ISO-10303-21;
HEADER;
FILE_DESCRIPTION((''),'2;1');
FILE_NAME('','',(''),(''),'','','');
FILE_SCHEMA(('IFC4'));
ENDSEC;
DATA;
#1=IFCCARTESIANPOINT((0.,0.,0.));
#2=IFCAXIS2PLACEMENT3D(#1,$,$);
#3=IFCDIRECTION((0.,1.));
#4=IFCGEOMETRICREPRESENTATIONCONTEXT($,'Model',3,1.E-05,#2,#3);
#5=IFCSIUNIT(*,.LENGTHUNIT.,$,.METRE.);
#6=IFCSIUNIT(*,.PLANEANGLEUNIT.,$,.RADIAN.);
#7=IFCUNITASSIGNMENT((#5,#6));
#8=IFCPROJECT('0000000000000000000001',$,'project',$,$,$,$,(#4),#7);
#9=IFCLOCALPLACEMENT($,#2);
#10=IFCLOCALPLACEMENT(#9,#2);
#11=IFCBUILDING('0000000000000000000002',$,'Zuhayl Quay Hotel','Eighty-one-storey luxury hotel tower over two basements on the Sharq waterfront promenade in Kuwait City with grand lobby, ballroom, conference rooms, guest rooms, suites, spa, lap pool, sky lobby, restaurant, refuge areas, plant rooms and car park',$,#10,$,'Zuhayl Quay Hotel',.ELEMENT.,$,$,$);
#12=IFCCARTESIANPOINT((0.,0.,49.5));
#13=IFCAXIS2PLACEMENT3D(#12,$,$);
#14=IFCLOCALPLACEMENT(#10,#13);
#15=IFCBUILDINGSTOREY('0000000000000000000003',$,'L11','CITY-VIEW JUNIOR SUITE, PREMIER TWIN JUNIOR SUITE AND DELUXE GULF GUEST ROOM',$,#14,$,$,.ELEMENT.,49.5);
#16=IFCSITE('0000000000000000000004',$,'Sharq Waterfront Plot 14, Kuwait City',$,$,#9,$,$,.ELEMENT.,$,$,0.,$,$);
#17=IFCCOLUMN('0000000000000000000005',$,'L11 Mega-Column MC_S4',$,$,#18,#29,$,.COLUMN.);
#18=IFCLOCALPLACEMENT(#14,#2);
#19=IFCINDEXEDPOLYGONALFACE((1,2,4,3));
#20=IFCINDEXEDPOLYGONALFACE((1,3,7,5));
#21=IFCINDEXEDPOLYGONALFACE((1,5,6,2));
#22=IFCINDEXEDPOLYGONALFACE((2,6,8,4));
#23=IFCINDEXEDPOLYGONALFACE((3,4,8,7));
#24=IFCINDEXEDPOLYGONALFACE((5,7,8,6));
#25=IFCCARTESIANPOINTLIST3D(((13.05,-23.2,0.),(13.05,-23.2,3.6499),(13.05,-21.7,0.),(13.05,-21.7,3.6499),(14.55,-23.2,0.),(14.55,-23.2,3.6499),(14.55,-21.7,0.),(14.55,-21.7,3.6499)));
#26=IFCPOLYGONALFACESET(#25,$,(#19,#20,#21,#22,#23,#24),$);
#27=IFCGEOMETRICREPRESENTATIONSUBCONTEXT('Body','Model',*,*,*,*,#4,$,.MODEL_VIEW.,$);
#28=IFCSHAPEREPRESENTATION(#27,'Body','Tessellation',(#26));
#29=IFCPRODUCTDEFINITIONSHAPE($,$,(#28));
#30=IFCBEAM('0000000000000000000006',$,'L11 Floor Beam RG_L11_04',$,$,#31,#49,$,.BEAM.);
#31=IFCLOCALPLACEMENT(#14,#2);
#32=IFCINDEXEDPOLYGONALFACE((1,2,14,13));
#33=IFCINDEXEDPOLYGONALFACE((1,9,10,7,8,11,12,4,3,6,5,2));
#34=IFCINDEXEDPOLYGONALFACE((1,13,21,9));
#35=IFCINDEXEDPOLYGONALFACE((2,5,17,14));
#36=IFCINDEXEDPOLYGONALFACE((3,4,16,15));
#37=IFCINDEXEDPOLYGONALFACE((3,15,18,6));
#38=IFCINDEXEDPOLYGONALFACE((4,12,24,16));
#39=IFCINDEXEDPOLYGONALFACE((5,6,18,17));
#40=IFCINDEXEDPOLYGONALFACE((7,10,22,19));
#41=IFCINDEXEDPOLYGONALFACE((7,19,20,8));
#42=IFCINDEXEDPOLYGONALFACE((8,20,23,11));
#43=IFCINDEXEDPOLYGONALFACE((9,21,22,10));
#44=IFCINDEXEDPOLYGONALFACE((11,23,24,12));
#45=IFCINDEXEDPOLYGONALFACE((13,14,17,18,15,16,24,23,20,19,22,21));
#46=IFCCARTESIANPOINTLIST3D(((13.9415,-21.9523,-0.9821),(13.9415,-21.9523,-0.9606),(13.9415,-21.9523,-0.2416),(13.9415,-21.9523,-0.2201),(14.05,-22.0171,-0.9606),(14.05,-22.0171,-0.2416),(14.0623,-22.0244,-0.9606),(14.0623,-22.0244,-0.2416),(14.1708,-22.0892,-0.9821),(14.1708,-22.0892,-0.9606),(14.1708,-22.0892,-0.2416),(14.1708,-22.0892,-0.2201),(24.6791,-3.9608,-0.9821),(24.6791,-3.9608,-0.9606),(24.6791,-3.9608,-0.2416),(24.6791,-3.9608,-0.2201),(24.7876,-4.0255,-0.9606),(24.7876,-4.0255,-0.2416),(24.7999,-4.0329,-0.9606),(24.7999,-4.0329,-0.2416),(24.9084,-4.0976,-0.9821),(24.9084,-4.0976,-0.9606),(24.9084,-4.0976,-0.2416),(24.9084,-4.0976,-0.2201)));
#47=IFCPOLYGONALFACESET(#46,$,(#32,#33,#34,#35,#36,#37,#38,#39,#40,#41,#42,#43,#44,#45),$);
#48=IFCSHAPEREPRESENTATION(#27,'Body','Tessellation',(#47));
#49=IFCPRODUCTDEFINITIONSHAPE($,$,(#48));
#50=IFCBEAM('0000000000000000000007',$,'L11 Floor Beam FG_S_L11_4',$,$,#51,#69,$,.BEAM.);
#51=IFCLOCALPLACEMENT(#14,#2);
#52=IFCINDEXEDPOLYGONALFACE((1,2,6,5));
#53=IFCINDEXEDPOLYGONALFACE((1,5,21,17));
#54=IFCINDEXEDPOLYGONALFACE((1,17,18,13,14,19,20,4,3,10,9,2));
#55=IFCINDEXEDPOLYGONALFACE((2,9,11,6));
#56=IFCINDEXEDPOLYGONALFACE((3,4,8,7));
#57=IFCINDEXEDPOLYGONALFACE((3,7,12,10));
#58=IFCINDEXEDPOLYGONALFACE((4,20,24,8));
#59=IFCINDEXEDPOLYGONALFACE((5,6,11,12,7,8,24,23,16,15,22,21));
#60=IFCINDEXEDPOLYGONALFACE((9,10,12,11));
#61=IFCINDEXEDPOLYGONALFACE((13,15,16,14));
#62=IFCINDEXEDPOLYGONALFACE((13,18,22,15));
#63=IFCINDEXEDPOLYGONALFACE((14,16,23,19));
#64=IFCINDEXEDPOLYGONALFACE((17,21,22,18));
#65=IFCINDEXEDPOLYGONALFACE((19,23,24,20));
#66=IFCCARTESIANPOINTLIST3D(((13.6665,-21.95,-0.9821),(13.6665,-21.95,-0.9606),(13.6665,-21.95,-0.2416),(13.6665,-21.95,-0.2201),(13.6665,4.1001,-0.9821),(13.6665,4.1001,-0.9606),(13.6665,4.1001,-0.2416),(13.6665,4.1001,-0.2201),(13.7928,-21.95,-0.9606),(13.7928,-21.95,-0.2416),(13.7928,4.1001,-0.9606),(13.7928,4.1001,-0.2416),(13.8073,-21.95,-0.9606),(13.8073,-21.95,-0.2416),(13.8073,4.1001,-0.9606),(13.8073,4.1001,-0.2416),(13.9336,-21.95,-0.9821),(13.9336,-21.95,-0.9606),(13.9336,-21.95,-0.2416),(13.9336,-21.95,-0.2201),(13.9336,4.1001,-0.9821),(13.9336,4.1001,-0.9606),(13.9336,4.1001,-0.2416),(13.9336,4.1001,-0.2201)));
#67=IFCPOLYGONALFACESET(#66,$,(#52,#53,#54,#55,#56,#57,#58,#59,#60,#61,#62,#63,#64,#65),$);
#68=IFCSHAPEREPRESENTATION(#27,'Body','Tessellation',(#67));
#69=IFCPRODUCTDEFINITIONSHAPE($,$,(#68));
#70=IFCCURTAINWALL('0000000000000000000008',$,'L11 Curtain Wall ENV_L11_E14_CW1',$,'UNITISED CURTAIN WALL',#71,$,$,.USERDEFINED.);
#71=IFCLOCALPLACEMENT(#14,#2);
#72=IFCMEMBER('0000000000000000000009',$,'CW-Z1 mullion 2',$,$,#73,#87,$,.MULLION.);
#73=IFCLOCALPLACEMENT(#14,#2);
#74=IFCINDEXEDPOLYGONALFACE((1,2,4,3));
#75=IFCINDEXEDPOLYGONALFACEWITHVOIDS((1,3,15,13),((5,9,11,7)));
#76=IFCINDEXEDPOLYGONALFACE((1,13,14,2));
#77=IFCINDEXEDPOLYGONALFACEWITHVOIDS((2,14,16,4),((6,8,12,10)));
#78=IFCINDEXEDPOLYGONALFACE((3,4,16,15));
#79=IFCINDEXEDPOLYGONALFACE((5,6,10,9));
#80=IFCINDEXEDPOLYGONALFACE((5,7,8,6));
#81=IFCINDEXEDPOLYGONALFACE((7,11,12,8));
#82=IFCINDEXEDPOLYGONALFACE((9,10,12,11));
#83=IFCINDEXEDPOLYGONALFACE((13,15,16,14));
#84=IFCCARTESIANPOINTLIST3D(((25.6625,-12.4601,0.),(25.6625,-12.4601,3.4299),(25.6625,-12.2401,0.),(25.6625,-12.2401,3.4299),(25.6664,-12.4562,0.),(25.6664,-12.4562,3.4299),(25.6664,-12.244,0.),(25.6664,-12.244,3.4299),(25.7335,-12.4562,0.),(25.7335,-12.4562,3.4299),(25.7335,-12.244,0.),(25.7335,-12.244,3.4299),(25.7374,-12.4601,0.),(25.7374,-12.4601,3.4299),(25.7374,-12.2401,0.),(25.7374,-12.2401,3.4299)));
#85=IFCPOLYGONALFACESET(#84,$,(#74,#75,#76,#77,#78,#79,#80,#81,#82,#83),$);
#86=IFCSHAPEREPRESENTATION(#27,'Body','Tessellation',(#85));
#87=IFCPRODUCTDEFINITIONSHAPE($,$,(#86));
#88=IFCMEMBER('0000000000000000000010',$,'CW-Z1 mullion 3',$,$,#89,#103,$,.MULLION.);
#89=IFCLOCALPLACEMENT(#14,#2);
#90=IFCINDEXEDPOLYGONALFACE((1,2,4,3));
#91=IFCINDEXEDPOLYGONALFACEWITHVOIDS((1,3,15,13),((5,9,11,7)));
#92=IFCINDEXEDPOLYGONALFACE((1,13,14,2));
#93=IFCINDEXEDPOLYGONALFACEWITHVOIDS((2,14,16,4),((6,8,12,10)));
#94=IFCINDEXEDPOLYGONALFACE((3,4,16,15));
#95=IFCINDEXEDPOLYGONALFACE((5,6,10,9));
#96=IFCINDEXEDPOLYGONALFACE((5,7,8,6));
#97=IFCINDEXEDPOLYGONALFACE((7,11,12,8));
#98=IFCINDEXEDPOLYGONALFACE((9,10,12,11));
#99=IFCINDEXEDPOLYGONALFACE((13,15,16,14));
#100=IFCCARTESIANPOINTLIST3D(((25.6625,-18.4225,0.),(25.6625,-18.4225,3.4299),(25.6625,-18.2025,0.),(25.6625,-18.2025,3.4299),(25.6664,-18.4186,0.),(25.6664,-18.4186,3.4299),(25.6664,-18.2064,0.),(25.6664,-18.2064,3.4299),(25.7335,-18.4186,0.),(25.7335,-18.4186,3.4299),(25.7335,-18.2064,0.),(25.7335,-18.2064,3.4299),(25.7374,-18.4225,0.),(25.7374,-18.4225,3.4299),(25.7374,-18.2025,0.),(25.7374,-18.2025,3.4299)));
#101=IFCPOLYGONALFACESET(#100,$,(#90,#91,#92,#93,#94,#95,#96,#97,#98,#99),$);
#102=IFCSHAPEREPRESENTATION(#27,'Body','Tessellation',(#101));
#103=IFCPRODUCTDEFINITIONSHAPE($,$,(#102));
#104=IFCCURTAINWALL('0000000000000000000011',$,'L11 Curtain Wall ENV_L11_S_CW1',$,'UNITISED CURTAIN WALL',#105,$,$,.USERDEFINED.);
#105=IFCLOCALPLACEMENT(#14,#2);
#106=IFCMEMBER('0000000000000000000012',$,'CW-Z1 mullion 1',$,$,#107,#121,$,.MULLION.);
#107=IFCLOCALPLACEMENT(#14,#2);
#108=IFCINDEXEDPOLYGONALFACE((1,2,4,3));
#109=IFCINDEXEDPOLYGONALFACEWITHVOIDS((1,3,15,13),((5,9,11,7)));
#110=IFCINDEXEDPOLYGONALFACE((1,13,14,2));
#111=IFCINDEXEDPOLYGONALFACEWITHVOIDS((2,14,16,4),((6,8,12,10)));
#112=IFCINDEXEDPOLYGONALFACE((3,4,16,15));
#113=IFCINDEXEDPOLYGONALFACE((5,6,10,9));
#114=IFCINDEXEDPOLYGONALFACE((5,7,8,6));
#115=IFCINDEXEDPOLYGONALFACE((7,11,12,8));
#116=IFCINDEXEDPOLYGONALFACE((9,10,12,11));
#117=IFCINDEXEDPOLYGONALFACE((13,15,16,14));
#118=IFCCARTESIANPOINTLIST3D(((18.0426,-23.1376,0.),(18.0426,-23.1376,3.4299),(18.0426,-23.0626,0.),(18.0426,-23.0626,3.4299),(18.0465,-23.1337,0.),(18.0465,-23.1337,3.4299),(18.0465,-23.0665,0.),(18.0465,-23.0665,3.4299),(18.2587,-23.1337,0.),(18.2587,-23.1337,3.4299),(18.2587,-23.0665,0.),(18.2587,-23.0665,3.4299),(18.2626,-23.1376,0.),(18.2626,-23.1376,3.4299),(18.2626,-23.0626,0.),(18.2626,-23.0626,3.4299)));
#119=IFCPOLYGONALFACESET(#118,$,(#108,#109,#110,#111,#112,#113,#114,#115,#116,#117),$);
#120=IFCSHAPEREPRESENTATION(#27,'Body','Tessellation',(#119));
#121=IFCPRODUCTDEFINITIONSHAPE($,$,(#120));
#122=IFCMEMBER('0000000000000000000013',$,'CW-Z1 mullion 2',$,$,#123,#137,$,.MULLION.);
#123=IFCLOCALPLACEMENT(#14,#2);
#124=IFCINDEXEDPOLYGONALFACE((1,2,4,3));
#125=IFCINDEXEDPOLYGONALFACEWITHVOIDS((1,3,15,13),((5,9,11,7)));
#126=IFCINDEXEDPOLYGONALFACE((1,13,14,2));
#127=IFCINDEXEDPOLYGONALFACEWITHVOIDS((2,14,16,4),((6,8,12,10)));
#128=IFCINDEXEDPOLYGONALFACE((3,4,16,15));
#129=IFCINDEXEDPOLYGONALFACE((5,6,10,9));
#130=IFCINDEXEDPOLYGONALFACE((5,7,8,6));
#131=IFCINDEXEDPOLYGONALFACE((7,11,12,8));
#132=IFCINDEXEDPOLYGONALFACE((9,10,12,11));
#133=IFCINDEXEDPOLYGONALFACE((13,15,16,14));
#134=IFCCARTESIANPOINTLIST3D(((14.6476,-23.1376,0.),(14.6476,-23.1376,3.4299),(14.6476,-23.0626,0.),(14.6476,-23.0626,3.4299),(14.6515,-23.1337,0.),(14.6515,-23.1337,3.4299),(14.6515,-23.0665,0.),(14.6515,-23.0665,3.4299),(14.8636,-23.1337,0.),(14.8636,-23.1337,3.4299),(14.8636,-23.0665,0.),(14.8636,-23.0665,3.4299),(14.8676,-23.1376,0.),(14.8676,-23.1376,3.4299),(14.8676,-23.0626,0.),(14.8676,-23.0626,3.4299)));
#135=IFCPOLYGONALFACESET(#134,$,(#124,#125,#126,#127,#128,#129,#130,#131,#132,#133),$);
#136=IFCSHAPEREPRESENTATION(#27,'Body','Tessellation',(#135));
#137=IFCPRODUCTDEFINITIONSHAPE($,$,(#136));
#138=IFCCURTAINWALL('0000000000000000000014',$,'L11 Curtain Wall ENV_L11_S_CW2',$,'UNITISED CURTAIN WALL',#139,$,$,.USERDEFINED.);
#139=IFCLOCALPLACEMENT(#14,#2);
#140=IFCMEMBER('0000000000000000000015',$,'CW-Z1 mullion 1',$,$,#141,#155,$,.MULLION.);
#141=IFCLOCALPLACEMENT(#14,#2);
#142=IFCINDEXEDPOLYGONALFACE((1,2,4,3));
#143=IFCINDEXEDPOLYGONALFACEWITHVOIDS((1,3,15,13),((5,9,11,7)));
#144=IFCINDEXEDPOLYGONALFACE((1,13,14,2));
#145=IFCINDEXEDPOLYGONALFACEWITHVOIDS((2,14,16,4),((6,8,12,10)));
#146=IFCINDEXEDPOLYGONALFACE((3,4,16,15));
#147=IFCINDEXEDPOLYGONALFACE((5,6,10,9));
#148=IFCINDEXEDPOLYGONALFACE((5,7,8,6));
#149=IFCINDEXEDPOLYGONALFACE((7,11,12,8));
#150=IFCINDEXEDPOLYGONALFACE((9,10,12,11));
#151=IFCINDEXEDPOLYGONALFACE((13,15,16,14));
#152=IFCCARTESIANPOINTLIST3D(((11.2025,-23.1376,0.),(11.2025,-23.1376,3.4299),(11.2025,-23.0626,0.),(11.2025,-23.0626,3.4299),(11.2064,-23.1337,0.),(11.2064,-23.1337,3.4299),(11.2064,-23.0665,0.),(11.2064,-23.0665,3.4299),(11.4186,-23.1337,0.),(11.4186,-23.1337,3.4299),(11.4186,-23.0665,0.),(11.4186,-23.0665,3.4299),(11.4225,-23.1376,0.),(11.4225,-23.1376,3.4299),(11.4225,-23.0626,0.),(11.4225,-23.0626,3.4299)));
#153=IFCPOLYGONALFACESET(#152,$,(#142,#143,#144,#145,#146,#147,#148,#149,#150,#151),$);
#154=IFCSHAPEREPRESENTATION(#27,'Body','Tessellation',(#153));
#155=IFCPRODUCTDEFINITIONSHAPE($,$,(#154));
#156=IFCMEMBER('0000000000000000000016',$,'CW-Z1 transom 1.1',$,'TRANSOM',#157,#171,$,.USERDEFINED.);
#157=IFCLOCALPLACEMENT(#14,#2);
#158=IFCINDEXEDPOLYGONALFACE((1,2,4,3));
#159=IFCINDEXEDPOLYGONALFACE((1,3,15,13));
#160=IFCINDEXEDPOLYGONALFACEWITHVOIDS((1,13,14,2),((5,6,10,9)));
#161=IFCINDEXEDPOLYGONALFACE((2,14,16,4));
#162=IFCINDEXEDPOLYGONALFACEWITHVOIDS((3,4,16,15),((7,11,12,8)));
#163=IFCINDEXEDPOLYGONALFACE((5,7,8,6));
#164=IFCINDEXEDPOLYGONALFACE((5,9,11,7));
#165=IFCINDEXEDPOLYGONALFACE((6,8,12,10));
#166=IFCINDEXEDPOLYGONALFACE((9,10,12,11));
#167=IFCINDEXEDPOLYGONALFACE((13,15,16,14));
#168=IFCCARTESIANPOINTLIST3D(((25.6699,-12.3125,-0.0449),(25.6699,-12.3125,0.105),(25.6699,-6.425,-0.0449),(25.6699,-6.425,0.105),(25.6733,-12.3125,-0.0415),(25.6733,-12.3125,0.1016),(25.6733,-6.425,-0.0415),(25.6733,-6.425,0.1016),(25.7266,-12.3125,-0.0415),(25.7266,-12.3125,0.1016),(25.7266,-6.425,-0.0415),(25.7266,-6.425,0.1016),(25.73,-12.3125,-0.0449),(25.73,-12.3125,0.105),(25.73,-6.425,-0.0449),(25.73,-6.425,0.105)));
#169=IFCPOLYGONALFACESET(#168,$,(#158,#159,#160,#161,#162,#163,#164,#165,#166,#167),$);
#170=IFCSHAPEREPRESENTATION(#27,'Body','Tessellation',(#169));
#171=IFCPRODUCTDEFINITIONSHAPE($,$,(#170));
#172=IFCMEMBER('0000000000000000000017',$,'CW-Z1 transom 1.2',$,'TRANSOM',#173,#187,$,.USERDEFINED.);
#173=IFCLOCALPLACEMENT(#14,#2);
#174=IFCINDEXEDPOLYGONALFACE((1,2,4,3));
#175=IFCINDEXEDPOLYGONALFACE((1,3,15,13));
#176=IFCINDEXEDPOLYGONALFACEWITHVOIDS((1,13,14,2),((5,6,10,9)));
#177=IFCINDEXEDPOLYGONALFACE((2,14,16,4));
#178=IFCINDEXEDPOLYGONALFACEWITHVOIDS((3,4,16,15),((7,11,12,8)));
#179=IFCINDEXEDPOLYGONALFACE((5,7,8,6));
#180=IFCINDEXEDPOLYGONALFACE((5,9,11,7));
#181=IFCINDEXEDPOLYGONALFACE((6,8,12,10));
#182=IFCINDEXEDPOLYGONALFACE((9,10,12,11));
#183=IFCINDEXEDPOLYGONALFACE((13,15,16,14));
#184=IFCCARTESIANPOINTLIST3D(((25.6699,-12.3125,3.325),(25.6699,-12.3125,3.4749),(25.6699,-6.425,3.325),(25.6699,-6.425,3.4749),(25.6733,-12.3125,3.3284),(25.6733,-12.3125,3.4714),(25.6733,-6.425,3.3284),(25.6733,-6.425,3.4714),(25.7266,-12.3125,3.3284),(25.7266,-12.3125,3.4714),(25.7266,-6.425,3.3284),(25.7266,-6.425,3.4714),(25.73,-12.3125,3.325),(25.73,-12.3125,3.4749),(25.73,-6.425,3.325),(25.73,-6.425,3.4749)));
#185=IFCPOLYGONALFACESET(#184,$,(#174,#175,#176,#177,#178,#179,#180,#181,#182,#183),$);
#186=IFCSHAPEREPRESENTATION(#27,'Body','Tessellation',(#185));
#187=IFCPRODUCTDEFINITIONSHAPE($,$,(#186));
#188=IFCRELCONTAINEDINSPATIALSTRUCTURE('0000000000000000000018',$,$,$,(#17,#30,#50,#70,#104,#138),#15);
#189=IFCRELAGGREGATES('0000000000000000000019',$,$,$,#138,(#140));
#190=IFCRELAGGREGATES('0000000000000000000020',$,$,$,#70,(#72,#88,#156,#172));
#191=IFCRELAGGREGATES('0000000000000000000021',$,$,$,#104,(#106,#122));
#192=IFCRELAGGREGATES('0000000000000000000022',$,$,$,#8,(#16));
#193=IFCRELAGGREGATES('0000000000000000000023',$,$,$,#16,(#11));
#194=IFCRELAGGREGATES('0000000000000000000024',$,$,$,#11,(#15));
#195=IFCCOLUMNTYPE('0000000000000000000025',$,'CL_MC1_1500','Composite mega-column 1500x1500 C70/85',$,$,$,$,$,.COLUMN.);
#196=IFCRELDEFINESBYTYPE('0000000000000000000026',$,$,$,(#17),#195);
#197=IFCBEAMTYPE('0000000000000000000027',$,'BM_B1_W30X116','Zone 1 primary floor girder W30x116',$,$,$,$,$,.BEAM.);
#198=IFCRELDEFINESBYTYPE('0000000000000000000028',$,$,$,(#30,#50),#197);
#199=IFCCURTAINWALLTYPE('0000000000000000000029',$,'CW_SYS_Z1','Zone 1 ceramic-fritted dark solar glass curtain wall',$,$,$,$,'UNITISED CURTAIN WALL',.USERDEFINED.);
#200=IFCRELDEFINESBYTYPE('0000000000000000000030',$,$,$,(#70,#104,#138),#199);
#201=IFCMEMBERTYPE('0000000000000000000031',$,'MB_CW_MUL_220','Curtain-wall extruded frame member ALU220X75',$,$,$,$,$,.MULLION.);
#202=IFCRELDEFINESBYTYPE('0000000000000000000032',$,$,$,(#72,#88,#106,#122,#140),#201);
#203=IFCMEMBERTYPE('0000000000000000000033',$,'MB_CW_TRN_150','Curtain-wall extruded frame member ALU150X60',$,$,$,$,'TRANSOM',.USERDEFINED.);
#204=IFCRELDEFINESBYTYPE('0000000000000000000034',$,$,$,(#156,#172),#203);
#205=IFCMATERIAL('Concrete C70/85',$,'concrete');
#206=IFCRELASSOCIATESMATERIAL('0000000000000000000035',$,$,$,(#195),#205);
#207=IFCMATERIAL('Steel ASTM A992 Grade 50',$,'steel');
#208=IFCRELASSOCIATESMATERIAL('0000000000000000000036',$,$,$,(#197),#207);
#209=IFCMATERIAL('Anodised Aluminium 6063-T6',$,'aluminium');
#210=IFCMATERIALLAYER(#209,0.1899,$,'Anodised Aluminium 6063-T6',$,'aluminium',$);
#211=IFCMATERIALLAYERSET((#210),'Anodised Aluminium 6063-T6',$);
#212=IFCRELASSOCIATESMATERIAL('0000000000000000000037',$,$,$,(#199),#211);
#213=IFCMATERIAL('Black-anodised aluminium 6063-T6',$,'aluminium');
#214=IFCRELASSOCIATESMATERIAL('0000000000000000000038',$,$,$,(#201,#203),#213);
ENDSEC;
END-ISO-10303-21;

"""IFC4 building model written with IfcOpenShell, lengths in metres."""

from ifc_helpers import new_model, si_unit, direction, frame, origin, origin_2d, place, context, subcontext, project, spatial, rectangle, hollow_rectangle, i_section, extrude, material, layer, layer_set, material_profile, profile_set, type_object, element, aggregate, save


model = new_model("IFC4")

# Units and contexts
model_context = context("Model", 3, precision=1e-05, world=origin(), true_north=direction((0.0, 1.0)))
body_context = subcontext(model_context, "Body", "Model", "MODEL_VIEW")
ifc_project = project(units=[si_unit("LENGTHUNIT", "METRE"), si_unit("PLANEANGLEUNIT", "RADIAN")], contexts=[model_context])

# Site, building, storey
site_placement = place(None, origin())
site = spatial("IfcSite", under=ifc_project, at=site_placement, Name="Sharq Waterfront Plot 14, Kuwait City", CompositionType="ELEMENT", RefElevation=0.0)
building_placement = place(site_placement, origin())
building = spatial("IfcBuilding", under=site, at=building_placement, Name="Zuhayl Quay Hotel", Description="Eighty-one-storey luxury hotel tower over two basements on the Sharq waterfront promenade in Kuwait City with grand lobby, ballroom, conference rooms, guest rooms, suites, spa, lap pool, sky lobby, restaurant, refuge areas, plant rooms and car park", LongName="Zuhayl Quay Hotel", CompositionType="ELEMENT")
storey_placement = place(building_placement, frame((0.0, 0.0, 49.5)))
storey = spatial("IfcBuildingStorey", under=building, at=storey_placement, Name="L11", Description="CITY-VIEW JUNIOR SUITE, PREMIER TWIN JUNIOR SUITE AND DELUXE GULF GUEST ROOM", CompositionType="ELEMENT", Elevation=49.5)

# Column
ifc_material_1 = material(Name="Concrete C70/85", Category="concrete")
ifc_material_profile_1 = material_profile(ifc_material_1, rectangle(XDim=1.5, YDim=1.5, at=origin_2d()), Name="RC1500X1500")
ifc_profile_set_1 = profile_set([ifc_material_profile_1], Name="Concrete C70/85")
column_type = type_object("IfcColumnType", Name="CL_MC1_1500", Description="Composite mega-column 1500x1500 C70/85", PredefinedType="COLUMN", material=ifc_profile_set_1)
column_placement = place(storey_placement, frame((13.8, -22.45, 0.0), z_axis=(0.0, 0.0, 1.0), x_axis=(1.0, 0.0, 0.0)))
element("IfcColumn", 1, at=column_placement, inside=storey, type_object=column_type, Name="L11 Mega-Column MC_S4", PredefinedType="COLUMN", context=body_context, shape_type="SweptSolid", body=[
    extrude(rectangle(XDim=1.5, YDim=1.5, at=origin_2d()), origin(), (0.0, 0.0, 1.0), 3.6499),
])

# Beams
ifc_material_2 = material(Name="Steel ASTM A992 Grade 50", Category="steel")
ifc_material_profile_2 = material_profile(ifc_material_2, i_section(OverallWidth=0.2671, OverallDepth=0.762, WebThickness=0.0144, FlangeThickness=0.0215, at=origin_2d()), Name="W30X116")
ifc_profile_set_2 = profile_set([ifc_material_profile_2], Name="Steel ASTM A992 Grade 50")
beam_type = type_object("IfcBeamType", Name="BM_B1_W30X116", Description="Zone 1 primary floor girder W30x116", PredefinedType="BEAM", material=ifc_profile_set_2)
beam_1_placement = place(storey_placement, frame((14.0562, -22.0208, -0.6011), z_axis=(0.512483, 0.858698, 0.0), x_axis=(-0.858698, 0.512483, 0.0)))
element("IfcBeam", 2, at=beam_1_placement, inside=storey, type_object=beam_type, Name="L11 Floor Beam RG_L11_04", PredefinedType="BEAM", context=body_context, shape_type="SweptSolid", body=[
    extrude(i_section(OverallWidth=0.2671, OverallDepth=0.762, WebThickness=0.0144, FlangeThickness=0.0215, at=origin_2d()), origin(), (0.0, 0.0, 1.0), 20.9521),
])
beam_2_placement = place(storey_placement, frame((13.8, -21.95, -0.6011), z_axis=(0.0, 1.0, 0.0), x_axis=(-1.0, 0.0, 0.0)))
element("IfcBeam", 3, at=beam_2_placement, inside=storey, type_object=beam_type, Name="L11 Floor Beam FG_S_L11_4", PredefinedType="BEAM", context=body_context, shape_type="SweptSolid", body=[
    extrude(i_section(OverallWidth=0.2671, OverallDepth=0.762, WebThickness=0.0144, FlangeThickness=0.0215, at=origin_2d()), origin(), (0.0, 0.0, 1.0), 26.05),
])

# Curtain walls, members
ifc_material_3 = material(Name="Anodised Aluminium 6063-T6", Category="aluminium")
ifc_layer_1 = layer(ifc_material_3, 0.1899, Name="Anodised Aluminium 6063-T6", Category="aluminium")
ifc_layer_set_1 = layer_set([ifc_layer_1], Name="Anodised Aluminium 6063-T6")
curtain_wall_type = type_object("IfcCurtainWallType", Name="CW_SYS_Z1", Description="Zone 1 ceramic-fritted dark solar glass curtain wall", ElementType="UNITISED CURTAIN WALL", PredefinedType="USERDEFINED", material=ifc_layer_set_1)
curtain_wall_1_placement = place(storey_placement, origin())
curtain_wall_1 = element("IfcCurtainWall", 4, at=curtain_wall_1_placement, inside=storey, type_object=curtain_wall_type, Name="L11 Curtain Wall ENV_L11_E14_CW1", ObjectType="UNITISED CURTAIN WALL", PredefinedType="USERDEFINED")
ifc_material_4 = material(Name="Black-anodised aluminium 6063-T6", Category="aluminium")
ifc_material_profile_3 = material_profile(ifc_material_4, hollow_rectangle(XDim=0.075, YDim=0.22, WallThickness=0.0039, at=origin_2d()), Name="ALU220X75")
ifc_profile_set_3 = profile_set([ifc_material_profile_3], Name="Black-anodised aluminium 6063-T6")
member_type_1 = type_object("IfcMemberType", Name="MB_CW_MUL_220", Description="Curtain-wall extruded frame member ALU220X75", PredefinedType="MULLION", material=ifc_profile_set_3)
member_1_placement = place(storey_placement, frame((25.7, -12.3501, 0.0), z_axis=(0.0, 0.0, 1.0), x_axis=(1.0, 0.0, 0.0)))
member_1 = element("IfcMember", 5, at=member_1_placement, type_object=member_type_1, Name="CW-Z1 mullion 2", PredefinedType="MULLION", context=body_context, shape_type="SweptSolid", body=[
    extrude(hollow_rectangle(XDim=0.075, YDim=0.22, WallThickness=0.0039, at=origin_2d()), origin(), (0.0, 0.0, 1.0), 3.4299),
])
member_2_placement = place(storey_placement, frame((25.7, -18.3125, 0.0), z_axis=(0.0, 0.0, 1.0), x_axis=(1.0, 0.0, 0.0)))
member_2 = element("IfcMember", 6, at=member_2_placement, type_object=member_type_1, Name="CW-Z1 mullion 3", PredefinedType="MULLION", context=body_context, shape_type="SweptSolid", body=[
    extrude(hollow_rectangle(XDim=0.075, YDim=0.22, WallThickness=0.0039, at=origin_2d()), origin(), (0.0, 0.0, 1.0), 3.4299),
])
curtain_wall_2_placement = place(storey_placement, origin())
curtain_wall_2 = element("IfcCurtainWall", 7, at=curtain_wall_2_placement, inside=storey, type_object=curtain_wall_type, Name="L11 Curtain Wall ENV_L11_S_CW1", ObjectType="UNITISED CURTAIN WALL", PredefinedType="USERDEFINED")
member_3_placement = place(storey_placement, frame((18.1526, -23.1001, 0.0), z_axis=(0.0, 0.0, 1.0), x_axis=(0.0, -1.0, 0.0)))
member_3 = element("IfcMember", 8, at=member_3_placement, type_object=member_type_1, Name="CW-Z1 mullion 1", PredefinedType="MULLION", context=body_context, shape_type="SweptSolid", body=[
    extrude(hollow_rectangle(XDim=0.075, YDim=0.22, WallThickness=0.0039, at=origin_2d()), origin(), (0.0, 0.0, 1.0), 3.4299),
])
member_4_placement = place(storey_placement, frame((14.7576, -23.1001, 0.0), z_axis=(0.0, 0.0, 1.0), x_axis=(0.0, -1.0, 0.0)))
member_4 = element("IfcMember", 9, at=member_4_placement, type_object=member_type_1, Name="CW-Z1 mullion 2", PredefinedType="MULLION", context=body_context, shape_type="SweptSolid", body=[
    extrude(hollow_rectangle(XDim=0.075, YDim=0.22, WallThickness=0.0039, at=origin_2d()), origin(), (0.0, 0.0, 1.0), 3.4299),
])

# Curtain wall, member
curtain_wall_3_placement = place(storey_placement, origin())
curtain_wall_3 = element("IfcCurtainWall", 10, at=curtain_wall_3_placement, inside=storey, type_object=curtain_wall_type, Name="L11 Curtain Wall ENV_L11_S_CW2", ObjectType="UNITISED CURTAIN WALL", PredefinedType="USERDEFINED")
member_5_placement = place(storey_placement, frame((11.3125, -23.1001, 0.0), z_axis=(0.0, 0.0, 1.0), x_axis=(0.0, -1.0, 0.0)))
member_5 = element("IfcMember", 11, at=member_5_placement, type_object=member_type_1, Name="CW-Z1 mullion 1", PredefinedType="MULLION", context=body_context, shape_type="SweptSolid", body=[
    extrude(hollow_rectangle(XDim=0.075, YDim=0.22, WallThickness=0.0039, at=origin_2d()), origin(), (0.0, 0.0, 1.0), 3.4299),
])

# Members
ifc_material_profile_4 = material_profile(ifc_material_4, hollow_rectangle(XDim=0.0601, YDim=0.1499, WallThickness=0.0034, at=origin_2d()), Name="ALU150X60")
ifc_profile_set_4 = profile_set([ifc_material_profile_4], Name="Black-anodised aluminium 6063-T6")
member_type_2 = type_object("IfcMemberType", Name="MB_CW_TRN_150", Description="Curtain-wall extruded frame member ALU150X60", ElementType="TRANSOM", PredefinedType="USERDEFINED", material=ifc_profile_set_4)
member_6_placement = place(storey_placement, frame((25.7, -6.425, 0.03), z_axis=(0.0, -1.0, 0.0), x_axis=(1.0, 0.0, 0.0)))
member_6 = element("IfcMember", 12, at=member_6_placement, type_object=member_type_2, Name="CW-Z1 transom 1.1", ObjectType="TRANSOM", PredefinedType="USERDEFINED", context=body_context, shape_type="SweptSolid", body=[
    extrude(hollow_rectangle(XDim=0.0601, YDim=0.1499, WallThickness=0.0034, at=origin_2d()), origin(), (0.0, 0.0, 1.0), 5.8875),
])
member_7_placement = place(storey_placement, frame((25.7, -6.425, 3.3999), z_axis=(0.0, -1.0, 0.0), x_axis=(1.0, 0.0, 0.0)))
member_7 = element("IfcMember", 13, at=member_7_placement, type_object=member_type_2, Name="CW-Z1 transom 1.2", ObjectType="TRANSOM", PredefinedType="USERDEFINED", context=body_context, shape_type="SweptSolid", body=[
    extrude(hollow_rectangle(XDim=0.0601, YDim=0.1499, WallThickness=0.0034, at=origin_2d()), origin(), (0.0, 0.0, 1.0), 5.8875),
])
aggregate(curtain_wall_3, [member_5])

aggregate(curtain_wall_1, [member_1, member_2, member_6, member_7])
aggregate(curtain_wall_2, [member_3, member_4])

save(model, "model.ifc")
